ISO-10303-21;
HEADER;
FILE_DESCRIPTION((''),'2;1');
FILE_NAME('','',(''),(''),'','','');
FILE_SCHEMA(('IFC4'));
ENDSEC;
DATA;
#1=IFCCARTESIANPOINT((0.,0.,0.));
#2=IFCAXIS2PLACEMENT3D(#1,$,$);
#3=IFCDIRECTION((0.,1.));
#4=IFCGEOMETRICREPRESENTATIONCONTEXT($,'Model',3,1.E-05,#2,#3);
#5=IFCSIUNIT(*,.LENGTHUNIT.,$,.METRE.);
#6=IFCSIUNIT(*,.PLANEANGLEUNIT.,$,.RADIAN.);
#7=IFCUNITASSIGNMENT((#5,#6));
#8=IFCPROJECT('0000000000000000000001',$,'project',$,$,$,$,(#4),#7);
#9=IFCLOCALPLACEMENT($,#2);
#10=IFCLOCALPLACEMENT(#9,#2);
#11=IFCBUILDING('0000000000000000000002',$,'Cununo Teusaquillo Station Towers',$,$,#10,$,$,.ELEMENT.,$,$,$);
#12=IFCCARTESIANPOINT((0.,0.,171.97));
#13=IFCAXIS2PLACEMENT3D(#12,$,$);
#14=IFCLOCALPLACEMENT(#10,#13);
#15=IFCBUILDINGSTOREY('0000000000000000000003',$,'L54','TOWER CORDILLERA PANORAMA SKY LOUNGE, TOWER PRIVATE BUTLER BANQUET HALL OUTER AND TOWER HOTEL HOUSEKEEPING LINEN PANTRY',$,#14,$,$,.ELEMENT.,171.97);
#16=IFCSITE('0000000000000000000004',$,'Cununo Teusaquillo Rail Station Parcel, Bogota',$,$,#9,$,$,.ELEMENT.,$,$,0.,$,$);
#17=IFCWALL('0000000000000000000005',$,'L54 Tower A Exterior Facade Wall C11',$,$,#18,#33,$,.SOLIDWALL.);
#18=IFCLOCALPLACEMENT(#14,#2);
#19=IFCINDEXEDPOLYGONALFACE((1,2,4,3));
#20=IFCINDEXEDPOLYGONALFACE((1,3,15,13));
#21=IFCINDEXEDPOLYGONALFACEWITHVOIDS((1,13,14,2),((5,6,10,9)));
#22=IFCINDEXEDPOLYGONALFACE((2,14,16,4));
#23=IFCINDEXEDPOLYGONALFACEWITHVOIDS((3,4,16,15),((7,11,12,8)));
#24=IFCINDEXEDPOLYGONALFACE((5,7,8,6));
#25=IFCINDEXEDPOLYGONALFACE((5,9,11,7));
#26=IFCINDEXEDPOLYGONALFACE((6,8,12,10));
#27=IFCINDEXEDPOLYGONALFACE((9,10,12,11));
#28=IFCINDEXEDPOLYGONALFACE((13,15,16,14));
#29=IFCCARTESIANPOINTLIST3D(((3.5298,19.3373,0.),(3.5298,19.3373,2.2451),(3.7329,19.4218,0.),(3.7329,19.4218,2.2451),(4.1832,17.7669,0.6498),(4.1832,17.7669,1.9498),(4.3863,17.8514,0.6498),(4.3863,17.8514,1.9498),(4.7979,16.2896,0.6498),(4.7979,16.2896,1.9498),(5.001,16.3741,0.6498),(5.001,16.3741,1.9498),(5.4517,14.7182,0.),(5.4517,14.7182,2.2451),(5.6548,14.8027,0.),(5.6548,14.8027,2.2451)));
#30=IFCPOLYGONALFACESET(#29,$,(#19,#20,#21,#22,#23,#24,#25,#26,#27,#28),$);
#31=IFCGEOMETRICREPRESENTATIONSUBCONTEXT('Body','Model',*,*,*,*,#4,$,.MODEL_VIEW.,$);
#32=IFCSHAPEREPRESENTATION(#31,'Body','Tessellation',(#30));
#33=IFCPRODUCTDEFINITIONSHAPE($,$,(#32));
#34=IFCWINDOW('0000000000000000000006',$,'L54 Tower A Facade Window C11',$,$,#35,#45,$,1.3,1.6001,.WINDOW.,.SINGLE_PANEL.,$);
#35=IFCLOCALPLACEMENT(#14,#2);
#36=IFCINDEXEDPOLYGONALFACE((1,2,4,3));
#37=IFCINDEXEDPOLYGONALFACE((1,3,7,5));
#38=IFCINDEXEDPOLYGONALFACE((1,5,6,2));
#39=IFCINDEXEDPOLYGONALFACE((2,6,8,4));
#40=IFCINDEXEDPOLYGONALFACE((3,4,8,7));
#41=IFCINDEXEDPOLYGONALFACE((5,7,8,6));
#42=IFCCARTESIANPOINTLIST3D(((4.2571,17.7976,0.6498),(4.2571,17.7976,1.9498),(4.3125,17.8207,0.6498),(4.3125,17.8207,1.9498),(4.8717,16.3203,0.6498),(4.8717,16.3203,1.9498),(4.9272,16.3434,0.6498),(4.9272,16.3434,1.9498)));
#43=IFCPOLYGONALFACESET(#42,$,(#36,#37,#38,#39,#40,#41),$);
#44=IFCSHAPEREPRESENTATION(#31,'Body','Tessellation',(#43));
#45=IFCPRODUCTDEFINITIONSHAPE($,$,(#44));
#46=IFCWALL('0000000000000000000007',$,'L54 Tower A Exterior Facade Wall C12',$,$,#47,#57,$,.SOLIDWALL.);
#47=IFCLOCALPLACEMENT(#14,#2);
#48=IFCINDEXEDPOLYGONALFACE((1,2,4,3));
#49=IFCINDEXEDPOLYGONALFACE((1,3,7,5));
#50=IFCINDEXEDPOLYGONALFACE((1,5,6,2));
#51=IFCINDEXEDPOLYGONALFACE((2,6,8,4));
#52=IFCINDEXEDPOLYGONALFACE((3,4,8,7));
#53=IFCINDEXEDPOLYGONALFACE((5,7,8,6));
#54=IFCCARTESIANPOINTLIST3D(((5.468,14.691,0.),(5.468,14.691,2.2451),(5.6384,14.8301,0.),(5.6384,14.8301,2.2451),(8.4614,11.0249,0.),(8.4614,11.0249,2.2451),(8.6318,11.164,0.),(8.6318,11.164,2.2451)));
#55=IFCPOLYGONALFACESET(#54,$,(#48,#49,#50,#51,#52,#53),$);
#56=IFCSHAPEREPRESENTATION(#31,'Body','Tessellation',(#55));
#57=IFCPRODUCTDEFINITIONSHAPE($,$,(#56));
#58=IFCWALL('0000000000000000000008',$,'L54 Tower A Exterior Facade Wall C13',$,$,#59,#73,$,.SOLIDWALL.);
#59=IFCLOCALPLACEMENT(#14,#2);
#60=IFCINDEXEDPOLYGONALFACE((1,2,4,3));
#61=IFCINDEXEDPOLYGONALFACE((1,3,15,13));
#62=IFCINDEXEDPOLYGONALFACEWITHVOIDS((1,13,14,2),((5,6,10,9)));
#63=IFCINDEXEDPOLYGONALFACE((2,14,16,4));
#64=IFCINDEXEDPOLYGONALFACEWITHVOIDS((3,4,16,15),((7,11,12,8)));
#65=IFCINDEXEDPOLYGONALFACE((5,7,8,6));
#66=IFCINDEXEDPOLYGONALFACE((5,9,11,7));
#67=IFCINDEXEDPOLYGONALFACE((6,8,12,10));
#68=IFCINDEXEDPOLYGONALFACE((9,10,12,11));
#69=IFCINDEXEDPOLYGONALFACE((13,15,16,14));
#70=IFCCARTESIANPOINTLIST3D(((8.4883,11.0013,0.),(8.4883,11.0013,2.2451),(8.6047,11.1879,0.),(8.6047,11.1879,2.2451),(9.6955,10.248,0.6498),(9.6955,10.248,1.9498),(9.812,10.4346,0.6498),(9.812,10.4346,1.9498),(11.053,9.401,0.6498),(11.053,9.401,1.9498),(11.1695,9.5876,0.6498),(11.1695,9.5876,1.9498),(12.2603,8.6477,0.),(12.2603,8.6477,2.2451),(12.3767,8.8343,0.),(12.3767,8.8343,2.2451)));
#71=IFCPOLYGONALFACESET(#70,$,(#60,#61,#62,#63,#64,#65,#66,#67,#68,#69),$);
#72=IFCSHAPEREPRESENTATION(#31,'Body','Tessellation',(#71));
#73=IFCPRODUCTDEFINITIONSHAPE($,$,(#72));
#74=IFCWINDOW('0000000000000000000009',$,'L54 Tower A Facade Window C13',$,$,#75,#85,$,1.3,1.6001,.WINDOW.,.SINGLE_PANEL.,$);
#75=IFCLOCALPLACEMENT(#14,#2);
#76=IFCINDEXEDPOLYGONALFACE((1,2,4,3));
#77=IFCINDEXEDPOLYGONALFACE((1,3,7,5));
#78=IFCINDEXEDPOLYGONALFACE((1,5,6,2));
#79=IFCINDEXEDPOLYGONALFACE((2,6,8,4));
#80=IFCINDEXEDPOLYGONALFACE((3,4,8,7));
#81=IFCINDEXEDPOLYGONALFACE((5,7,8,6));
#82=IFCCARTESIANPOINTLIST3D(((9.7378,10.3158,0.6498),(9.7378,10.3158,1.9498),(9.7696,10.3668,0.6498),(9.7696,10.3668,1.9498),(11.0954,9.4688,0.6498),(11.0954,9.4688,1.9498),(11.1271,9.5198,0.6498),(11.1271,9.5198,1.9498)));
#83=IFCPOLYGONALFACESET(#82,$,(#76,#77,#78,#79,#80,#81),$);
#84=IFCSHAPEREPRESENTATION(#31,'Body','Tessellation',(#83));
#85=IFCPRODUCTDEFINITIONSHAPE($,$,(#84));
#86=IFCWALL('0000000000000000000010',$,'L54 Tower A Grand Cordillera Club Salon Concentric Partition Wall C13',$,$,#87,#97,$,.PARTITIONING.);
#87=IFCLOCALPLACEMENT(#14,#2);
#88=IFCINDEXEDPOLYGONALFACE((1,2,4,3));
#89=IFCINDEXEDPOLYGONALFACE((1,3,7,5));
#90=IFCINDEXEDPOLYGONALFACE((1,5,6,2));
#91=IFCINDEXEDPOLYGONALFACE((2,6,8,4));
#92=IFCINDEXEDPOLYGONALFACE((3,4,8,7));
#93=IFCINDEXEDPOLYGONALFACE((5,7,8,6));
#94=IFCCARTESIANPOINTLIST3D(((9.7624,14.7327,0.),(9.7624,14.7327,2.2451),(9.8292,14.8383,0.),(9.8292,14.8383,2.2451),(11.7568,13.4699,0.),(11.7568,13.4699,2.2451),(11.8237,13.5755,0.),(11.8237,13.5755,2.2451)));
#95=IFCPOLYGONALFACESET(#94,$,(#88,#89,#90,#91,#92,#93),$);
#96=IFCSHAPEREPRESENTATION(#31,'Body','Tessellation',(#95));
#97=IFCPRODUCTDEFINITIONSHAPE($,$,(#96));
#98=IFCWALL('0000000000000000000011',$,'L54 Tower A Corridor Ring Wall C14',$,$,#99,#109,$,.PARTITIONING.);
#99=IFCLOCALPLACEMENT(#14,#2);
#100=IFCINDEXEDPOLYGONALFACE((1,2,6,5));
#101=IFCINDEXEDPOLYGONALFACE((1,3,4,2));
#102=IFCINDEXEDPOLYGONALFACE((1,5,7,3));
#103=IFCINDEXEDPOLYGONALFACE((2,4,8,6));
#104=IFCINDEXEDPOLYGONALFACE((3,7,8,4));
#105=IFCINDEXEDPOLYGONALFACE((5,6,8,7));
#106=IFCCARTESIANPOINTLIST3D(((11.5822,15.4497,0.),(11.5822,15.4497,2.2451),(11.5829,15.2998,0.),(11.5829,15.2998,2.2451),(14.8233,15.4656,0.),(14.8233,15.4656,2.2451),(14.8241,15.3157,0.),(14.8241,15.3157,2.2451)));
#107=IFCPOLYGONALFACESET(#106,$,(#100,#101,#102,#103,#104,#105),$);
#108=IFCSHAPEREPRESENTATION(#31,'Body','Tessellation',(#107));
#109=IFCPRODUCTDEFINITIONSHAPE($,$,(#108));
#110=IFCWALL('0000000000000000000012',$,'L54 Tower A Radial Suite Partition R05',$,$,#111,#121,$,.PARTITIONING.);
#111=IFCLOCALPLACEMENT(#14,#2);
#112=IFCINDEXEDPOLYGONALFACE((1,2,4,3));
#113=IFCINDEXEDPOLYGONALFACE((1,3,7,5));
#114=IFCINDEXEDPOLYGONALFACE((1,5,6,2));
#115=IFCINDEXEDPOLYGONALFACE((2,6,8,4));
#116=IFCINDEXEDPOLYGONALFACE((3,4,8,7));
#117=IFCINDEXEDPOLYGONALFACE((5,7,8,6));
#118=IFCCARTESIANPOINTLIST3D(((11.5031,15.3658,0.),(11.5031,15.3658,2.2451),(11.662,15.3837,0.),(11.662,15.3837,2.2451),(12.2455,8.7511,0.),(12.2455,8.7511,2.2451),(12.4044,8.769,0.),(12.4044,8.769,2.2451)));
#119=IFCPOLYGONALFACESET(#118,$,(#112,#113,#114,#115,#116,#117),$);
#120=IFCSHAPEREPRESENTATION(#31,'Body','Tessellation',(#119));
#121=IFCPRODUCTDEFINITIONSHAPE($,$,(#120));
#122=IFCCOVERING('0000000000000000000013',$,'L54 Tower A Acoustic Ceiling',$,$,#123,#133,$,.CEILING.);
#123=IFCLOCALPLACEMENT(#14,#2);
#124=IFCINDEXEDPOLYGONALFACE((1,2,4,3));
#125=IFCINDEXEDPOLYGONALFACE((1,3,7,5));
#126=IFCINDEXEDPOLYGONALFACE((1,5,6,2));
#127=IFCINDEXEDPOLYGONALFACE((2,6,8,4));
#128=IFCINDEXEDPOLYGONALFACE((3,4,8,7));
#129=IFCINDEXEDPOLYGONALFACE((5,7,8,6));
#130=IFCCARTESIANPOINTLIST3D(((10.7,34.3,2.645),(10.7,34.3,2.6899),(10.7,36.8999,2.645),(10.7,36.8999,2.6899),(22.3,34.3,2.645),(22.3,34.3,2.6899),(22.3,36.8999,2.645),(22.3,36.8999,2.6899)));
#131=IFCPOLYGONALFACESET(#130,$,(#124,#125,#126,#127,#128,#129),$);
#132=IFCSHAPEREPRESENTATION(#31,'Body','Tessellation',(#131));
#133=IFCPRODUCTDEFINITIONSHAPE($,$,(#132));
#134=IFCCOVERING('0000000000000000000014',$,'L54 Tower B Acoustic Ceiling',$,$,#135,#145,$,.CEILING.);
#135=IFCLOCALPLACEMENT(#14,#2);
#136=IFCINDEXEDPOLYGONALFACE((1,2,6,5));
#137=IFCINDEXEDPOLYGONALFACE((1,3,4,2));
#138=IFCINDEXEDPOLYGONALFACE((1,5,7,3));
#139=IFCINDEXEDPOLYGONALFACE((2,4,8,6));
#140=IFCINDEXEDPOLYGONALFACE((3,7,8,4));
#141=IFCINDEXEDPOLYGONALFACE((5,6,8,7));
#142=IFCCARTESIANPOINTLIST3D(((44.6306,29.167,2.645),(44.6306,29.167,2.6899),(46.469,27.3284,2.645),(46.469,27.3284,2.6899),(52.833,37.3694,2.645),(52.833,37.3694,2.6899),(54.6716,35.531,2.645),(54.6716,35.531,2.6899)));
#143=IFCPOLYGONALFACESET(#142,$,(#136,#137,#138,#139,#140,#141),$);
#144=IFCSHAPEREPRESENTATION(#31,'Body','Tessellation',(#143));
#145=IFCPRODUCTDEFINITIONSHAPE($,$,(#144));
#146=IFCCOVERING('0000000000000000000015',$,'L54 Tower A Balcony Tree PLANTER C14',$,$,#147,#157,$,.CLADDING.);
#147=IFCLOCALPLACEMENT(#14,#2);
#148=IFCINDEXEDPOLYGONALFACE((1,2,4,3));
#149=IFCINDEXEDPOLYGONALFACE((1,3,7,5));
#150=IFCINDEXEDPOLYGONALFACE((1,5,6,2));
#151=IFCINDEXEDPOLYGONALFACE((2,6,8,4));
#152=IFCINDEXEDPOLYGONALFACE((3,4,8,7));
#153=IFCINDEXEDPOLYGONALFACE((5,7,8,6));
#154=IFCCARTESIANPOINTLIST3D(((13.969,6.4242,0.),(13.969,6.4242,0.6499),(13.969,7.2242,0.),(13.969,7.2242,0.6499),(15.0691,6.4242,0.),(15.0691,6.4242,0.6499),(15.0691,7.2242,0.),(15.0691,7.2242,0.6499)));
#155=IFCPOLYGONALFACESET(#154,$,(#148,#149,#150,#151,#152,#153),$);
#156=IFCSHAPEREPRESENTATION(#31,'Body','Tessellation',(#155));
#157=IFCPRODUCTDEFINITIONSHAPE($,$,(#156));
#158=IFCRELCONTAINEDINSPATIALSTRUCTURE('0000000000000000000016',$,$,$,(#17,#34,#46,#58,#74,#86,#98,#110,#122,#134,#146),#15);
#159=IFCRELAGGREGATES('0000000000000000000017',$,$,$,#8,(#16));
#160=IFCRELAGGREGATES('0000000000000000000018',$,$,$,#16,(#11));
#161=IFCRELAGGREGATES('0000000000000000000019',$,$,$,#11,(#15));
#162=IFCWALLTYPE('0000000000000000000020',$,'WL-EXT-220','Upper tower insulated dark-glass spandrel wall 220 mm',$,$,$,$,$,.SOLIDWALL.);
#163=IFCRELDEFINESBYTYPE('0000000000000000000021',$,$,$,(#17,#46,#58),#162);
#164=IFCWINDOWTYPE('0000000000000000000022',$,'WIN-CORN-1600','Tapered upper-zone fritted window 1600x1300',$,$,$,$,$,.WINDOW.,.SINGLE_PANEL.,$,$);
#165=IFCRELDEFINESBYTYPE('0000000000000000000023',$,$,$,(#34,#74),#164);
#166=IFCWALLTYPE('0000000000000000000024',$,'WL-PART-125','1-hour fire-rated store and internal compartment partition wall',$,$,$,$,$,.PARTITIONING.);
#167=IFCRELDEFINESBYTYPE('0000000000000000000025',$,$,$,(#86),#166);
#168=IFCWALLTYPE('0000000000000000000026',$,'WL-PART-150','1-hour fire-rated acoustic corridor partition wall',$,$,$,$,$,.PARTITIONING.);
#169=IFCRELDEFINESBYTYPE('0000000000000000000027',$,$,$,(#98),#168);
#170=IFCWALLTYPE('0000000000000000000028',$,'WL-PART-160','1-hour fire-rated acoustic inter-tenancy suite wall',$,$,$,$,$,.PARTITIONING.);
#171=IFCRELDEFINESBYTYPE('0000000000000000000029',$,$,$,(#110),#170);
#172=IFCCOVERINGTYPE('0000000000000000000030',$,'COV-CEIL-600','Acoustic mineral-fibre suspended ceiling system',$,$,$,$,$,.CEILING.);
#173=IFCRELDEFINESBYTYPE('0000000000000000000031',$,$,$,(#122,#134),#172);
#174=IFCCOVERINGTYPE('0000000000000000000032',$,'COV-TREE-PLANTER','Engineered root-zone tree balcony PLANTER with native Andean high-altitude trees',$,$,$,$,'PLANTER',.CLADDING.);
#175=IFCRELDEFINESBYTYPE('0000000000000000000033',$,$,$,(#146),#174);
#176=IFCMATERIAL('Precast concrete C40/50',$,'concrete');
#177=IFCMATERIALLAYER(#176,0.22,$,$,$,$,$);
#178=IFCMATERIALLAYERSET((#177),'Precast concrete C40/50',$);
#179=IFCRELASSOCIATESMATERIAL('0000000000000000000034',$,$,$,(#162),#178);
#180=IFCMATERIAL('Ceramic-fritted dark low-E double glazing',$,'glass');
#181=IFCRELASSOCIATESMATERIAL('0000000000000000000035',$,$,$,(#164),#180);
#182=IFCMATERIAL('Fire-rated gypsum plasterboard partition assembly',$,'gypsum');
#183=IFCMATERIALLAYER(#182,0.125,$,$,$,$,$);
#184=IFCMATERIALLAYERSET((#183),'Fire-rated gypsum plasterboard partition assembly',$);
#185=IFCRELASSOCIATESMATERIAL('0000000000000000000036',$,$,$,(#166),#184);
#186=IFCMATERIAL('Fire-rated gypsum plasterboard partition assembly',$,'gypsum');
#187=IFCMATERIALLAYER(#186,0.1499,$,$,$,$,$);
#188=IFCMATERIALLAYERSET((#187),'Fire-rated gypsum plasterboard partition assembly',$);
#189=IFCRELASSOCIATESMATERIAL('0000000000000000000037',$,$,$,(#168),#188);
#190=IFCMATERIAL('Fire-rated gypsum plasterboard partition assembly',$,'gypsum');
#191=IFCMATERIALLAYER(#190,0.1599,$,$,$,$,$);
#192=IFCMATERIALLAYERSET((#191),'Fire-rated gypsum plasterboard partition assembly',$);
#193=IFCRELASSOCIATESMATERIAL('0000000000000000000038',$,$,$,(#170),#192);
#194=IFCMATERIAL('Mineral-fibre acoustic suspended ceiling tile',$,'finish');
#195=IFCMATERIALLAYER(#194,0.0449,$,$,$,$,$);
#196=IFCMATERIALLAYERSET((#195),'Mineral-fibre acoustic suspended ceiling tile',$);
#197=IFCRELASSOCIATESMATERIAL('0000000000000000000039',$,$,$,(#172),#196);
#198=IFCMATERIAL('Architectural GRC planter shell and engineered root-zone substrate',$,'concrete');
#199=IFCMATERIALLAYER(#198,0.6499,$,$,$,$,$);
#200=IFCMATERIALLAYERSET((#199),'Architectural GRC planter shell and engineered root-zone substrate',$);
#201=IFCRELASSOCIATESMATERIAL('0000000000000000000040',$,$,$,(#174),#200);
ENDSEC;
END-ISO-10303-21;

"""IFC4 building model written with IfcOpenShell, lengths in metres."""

from ifc_helpers import new_model, si_unit, direction, frame, frame_2d, origin, origin_2d, place, context, subcontext, project, spatial, polyline, rectangle, outline, extrude, source, transform, mapped, material, layer, layer_set, type_object, element, fill, save


model = new_model("IFC4")

# Units and contexts
model_context = context("Model", 3, precision=1e-05, world=origin(), true_north=direction((0.0, 1.0)))
body_context = subcontext(model_context, "Body", "Model", "MODEL_VIEW")
ifc_project = project(units=[si_unit("LENGTHUNIT", "METRE"), si_unit("PLANEANGLEUNIT", "RADIAN")], contexts=[model_context])

# Site, building, storey
site_placement = place(None, origin())
site = spatial("IfcSite", under=ifc_project, at=site_placement, Name="Cununo Teusaquillo Rail Station Parcel, Bogota", CompositionType="ELEMENT", RefElevation=0.0)
building_placement = place(site_placement, origin())
building = spatial("IfcBuilding", under=site, at=building_placement, Name="Cununo Teusaquillo Station Towers", CompositionType="ELEMENT")
storey_placement = place(building_placement, frame((0.0, 0.0, 171.97)))
storey = spatial("IfcBuildingStorey", under=building, at=storey_placement, Name="L54", Description="TOWER CORDILLERA PANORAMA SKY LOUNGE, TOWER PRIVATE BUTLER BANQUET HALL OUTER AND TOWER HOTEL HOUSEKEEPING LINEN PANTRY", CompositionType="ELEMENT", Elevation=171.97)

# Wall, opening, window
ifc_material_1 = material(Name="Precast concrete C40/50", Category="concrete")
ifc_layer_1 = layer(ifc_material_1, 0.22)
ifc_layer_set_1 = layer_set([ifc_layer_1], Name="Precast concrete C40/50")
wall_type_1 = type_object("IfcWallType", Name="WL-EXT-220", Description="Upper tower insulated dark-glass spandrel wall 220 mm", PredefinedType="SOLIDWALL", material=ifc_layer_set_1)
wall_1_placement = place(storey_placement, frame((5.5532, 14.7605, 0.0), z_axis=(0.0, 0.0, 1.0), x_axis=(-0.384144, 0.923273, 0.0)))
wall_1 = element("IfcWall", 1, at=wall_1_placement, inside=storey, type_object=wall_type_1, Name="L54 Tower A Exterior Facade Wall C11", PredefinedType="SOLIDWALL", context=body_context, shape_type="SweptSolid", body=[
    extrude(rectangle(XDim=5.0029, YDim=0.22, at=frame_2d((2.5015, 0.0))), origin(), (0.0, 0.0, 1.0), 2.2451),
])
shared_shape_1 = source(origin(), body_context, "Body", "SweptSolid", [
    extrude(rectangle(XDim=1.6001, YDim=1.3, at=frame_2d((0.8, 0.6499))), frame((0.0, 0.1199, 0.0), z_axis=(0.0, -1.0, 0.0), x_axis=(1.0, 0.0, 0.0)), (0.0, 0.0, 1.0), 0.24),
])
opening_1_placement = place(wall_1_placement, frame((1.7019, 0.0, 0.6499)))
opening_1 = element("IfcOpeningElement", 2, at=opening_1_placement, cuts=wall_1, PredefinedType="OPENING", context=body_context, shape_type="MappedRepresentation", body=[
    mapped(shared_shape_1, transform((0.0, 0.0, 0.0), x_axis=(1.0, 0.0, 0.0), y_axis=(0.0, 1.0, 0.0), z_axis=(0.0, 0.0, 1.0), scale=1.0)),
])
ifc_material_2 = material(Name="Ceramic-fritted dark low-E double glazing", Category="glass")
window_type = type_object("IfcWindowType", Name="WIN-CORN-1600", Description="Tapered upper-zone fritted window 1600x1300", PartitioningType="SINGLE_PANEL", PredefinedType="WINDOW", material=ifc_material_2)
shared_shape_2 = source(origin(), body_context, "Body", "SweptSolid", [
    extrude(rectangle(XDim=1.6001, YDim=1.3, at=frame_2d((0.8, 0.6499))), frame((0.0, 0.03, 0.0), z_axis=(0.0, -1.0, 0.0), x_axis=(1.0, 0.0, 0.0)), (0.0, 0.0, 1.0), 0.0601),
])
window_1_placement = place(opening_1_placement, origin())
window_1 = element("IfcWindow", 3, at=window_1_placement, inside=storey, type_object=window_type, Name="L54 Tower A Facade Window C11", OverallHeight=1.3, OverallWidth=1.6001, PartitioningType="SINGLE_PANEL", PredefinedType="WINDOW", context=body_context, shape_type="MappedRepresentation", body=[
    mapped(shared_shape_2, transform((0.0, 0.0, 0.0), x_axis=(1.0, 0.0, 0.0), y_axis=(0.0, 1.0, 0.0), z_axis=(0.0, 0.0, 1.0), scale=1.0)),
])
fill(opening_1, window_1)

# Wall
wall_2_placement = place(storey_placement, frame((8.5466, 11.0945, 0.0), z_axis=(0.0, 0.0, 1.0), x_axis=(-0.632471, 0.774584, 0.0)))
element("IfcWall", 4, at=wall_2_placement, inside=storey, type_object=wall_type_1, Name="L54 Tower A Exterior Facade Wall C12", PredefinedType="SOLIDWALL", context=body_context, shape_type="SweptSolid", body=[
    extrude(rectangle(XDim=4.7329, YDim=0.22, at=frame_2d((2.3665, 0.0))), origin(), (0.0, 0.0, 1.0), 2.2451),
])

# Wall, opening, window
wall_3_placement = place(storey_placement, frame((12.3186, 8.741, 0.0), z_axis=(0.0, 0.0, 1.0), x_axis=(-0.848399, 0.529357, 0.0)))
wall_3 = element("IfcWall", 5, at=wall_3_placement, inside=storey, type_object=wall_type_1, Name="L54 Tower A Exterior Facade Wall C13", PredefinedType="SOLIDWALL", context=body_context, shape_type="SweptSolid", body=[
    extrude(rectangle(XDim=4.446, YDim=0.22, at=frame_2d((2.2231, 0.0))), origin(), (0.0, 0.0, 1.0), 2.2451),
])
opening_2_placement = place(wall_3_placement, frame((1.4231, 0.0, 0.6499)))
opening_2 = element("IfcOpeningElement", 6, at=opening_2_placement, cuts=wall_3, PredefinedType="OPENING", context=body_context, shape_type="MappedRepresentation", body=[
    mapped(shared_shape_1, transform((0.0, 0.0, 0.0), x_axis=(1.0, 0.0, 0.0), y_axis=(0.0, 1.0, 0.0), z_axis=(0.0, 0.0, 1.0), scale=1.0)),
])
window_2_placement = place(opening_2_placement, origin())
window_2 = element("IfcWindow", 7, at=window_2_placement, inside=storey, type_object=window_type, Name="L54 Tower A Facade Window C13", OverallHeight=1.3, OverallWidth=1.6001, PartitioningType="SINGLE_PANEL", PredefinedType="WINDOW", context=body_context, shape_type="MappedRepresentation", body=[
    mapped(shared_shape_2, transform((0.0, 0.0, 0.0), x_axis=(1.0, 0.0, 0.0), y_axis=(0.0, 1.0, 0.0), z_axis=(0.0, 0.0, 1.0), scale=1.0)),
])
fill(opening_2, window_2)

# Walls
ifc_material_3 = material(Name="Fire-rated gypsum plasterboard partition assembly", Category="gypsum")
ifc_layer_2 = layer(ifc_material_3, 0.125)
ifc_layer_set_2 = layer_set([ifc_layer_2], Name="Fire-rated gypsum plasterboard partition assembly")
wall_type_2 = type_object("IfcWallType", Name="WL-PART-125", Description="1-hour fire-rated store and internal compartment partition wall", PredefinedType="PARTITIONING", material=ifc_layer_set_2)
wall_4_placement = place(storey_placement, frame((9.7959, 14.7854, 0.0), z_axis=(0.0, 0.0, 1.0), x_axis=(0.844899, -0.534927, 0.0)))
element("IfcWall", 8, at=wall_4_placement, inside=storey, type_object=wall_type_2, Name="L54 Tower A Grand Cordillera Club Salon Concentric Partition Wall C13", PredefinedType="PARTITIONING", context=body_context, shape_type="SweptSolid", body=[
    extrude(rectangle(XDim=2.3606, YDim=0.125, at=frame_2d((1.1802, 0.0))), origin(), (0.0, 0.0, 1.0), 2.2451),
])
ifc_material_4 = material(Name="Fire-rated gypsum plasterboard partition assembly", Category="gypsum")
ifc_layer_3 = layer(ifc_material_4, 0.1499)
ifc_layer_set_3 = layer_set([ifc_layer_3], Name="Fire-rated gypsum plasterboard partition assembly")
wall_type_3 = type_object("IfcWallType", Name="WL-PART-150", Description="1-hour fire-rated acoustic corridor partition wall", PredefinedType="PARTITIONING", material=ifc_layer_set_3)
wall_5_placement = place(storey_placement, frame((11.5825, 15.3748, 0.0), z_axis=(0.0, 0.0, 1.0), x_axis=(0.999988, 0.004896, 0.0)))
element("IfcWall", 9, at=wall_5_placement, inside=storey, type_object=wall_type_3, Name="L54 Tower A Corridor Ring Wall C14", PredefinedType="PARTITIONING", context=body_context, shape_type="SweptSolid", body=[
    extrude(rectangle(XDim=3.2412, YDim=0.1499, at=frame_2d((1.6206, 0.0))), origin(), (0.0, 0.0, 1.0), 2.2451),
])
ifc_material_5 = material(Name="Fire-rated gypsum plasterboard partition assembly", Category="gypsum")
ifc_layer_4 = layer(ifc_material_5, 0.1599)
ifc_layer_set_4 = layer_set([ifc_layer_4], Name="Fire-rated gypsum plasterboard partition assembly")
wall_type_4 = type_object("IfcWallType", Name="WL-PART-160", Description="1-hour fire-rated acoustic inter-tenancy suite wall", PredefinedType="PARTITIONING", material=ifc_layer_set_4)
wall_6_placement = place(storey_placement, frame((11.5825, 15.3748, 0.0), z_axis=(0.0, 0.0, 1.0), x_axis=(0.111539, -0.99376, 0.0)))
element("IfcWall", 10, at=wall_6_placement, inside=storey, type_object=wall_type_4, Name="L54 Tower A Radial Suite Partition R05", PredefinedType="PARTITIONING", context=body_context, shape_type="SweptSolid", body=[
    extrude(rectangle(XDim=6.6562, YDim=0.1599, at=frame_2d((3.3281, 0.0))), origin(), (0.0, 0.0, 1.0), 2.2451),
])

# Coverings
ifc_material_6 = material(Name="Mineral-fibre acoustic suspended ceiling tile", Category="finish")
ifc_layer_5 = layer(ifc_material_6, 0.0449)
ifc_layer_set_5 = layer_set([ifc_layer_5], Name="Mineral-fibre acoustic suspended ceiling tile")
covering_type_1 = type_object("IfcCoveringType", Name="COV-CEIL-600", Description="Acoustic mineral-fibre suspended ceiling system", PredefinedType="CEILING", material=ifc_layer_set_5)
covering_1_placement = place(storey_placement, frame((0.0, 0.0, 2.645)))
element("IfcCovering", 11, at=covering_1_placement, inside=storey, type_object=covering_type_1, Name="L54 Tower A Acoustic Ceiling", PredefinedType="CEILING", context=body_context, shape_type="SweptSolid", body=[
    extrude(outline(polyline([(22.3, 36.8999), (22.3, 34.3), (10.7, 34.3), (10.7, 36.8999), (22.3, 36.8999)])), origin(), (0.0, 0.0, 1.0), 0.0449),
])
covering_2_placement = place(storey_placement, frame((0.0, 0.0, 2.645)))
element("IfcCovering", 12, at=covering_2_placement, inside=storey, type_object=covering_type_1, Name="L54 Tower B Acoustic Ceiling", PredefinedType="CEILING", context=body_context, shape_type="SweptSolid", body=[
    extrude(outline(polyline([(52.833, 37.3694), (54.6716, 35.531), (46.469, 27.3284), (44.6306, 29.167), (52.833, 37.3694)])), origin(), (0.0, 0.0, 1.0), 0.0449),
])
ifc_material_7 = material(Name="Architectural GRC planter shell and engineered root-zone substrate", Category="concrete")
ifc_layer_6 = layer(ifc_material_7, 0.6499)
ifc_layer_set_6 = layer_set([ifc_layer_6], Name="Architectural GRC planter shell and engineered root-zone substrate")
covering_type_2 = type_object("IfcCoveringType", Name="COV-TREE-PLANTER", Description="Engineered root-zone tree balcony PLANTER with native Andean high-altitude trees", ElementType="PLANTER", PredefinedType="CLADDING", material=ifc_layer_set_6)
shared_shape_3 = source(origin(), body_context, "Body", "SweptSolid", [
    extrude(rectangle(XDim=1.1001, YDim=0.8, at=origin_2d()), origin(), (0.0, 0.0, 1.0), 0.6499),
])
covering_3_placement = place(storey_placement, frame((14.519, 6.8242, 0.0), z_axis=(0.0, 0.0, 1.0), x_axis=(1.0, 0.0, 0.0)))
element("IfcCovering", 13, at=covering_3_placement, inside=storey, type_object=covering_type_2, Name="L54 Tower A Balcony Tree PLANTER C14", PredefinedType="CLADDING", context=body_context, shape_type="MappedRepresentation", body=[
    mapped(shared_shape_3, transform((0.0, 0.0, 0.0), x_axis=(1.0, 0.0, 0.0), y_axis=(0.0, 1.0, 0.0), z_axis=(0.0, 0.0, 1.0), scale=1.0)),
])

save(model, "model.ifc")
